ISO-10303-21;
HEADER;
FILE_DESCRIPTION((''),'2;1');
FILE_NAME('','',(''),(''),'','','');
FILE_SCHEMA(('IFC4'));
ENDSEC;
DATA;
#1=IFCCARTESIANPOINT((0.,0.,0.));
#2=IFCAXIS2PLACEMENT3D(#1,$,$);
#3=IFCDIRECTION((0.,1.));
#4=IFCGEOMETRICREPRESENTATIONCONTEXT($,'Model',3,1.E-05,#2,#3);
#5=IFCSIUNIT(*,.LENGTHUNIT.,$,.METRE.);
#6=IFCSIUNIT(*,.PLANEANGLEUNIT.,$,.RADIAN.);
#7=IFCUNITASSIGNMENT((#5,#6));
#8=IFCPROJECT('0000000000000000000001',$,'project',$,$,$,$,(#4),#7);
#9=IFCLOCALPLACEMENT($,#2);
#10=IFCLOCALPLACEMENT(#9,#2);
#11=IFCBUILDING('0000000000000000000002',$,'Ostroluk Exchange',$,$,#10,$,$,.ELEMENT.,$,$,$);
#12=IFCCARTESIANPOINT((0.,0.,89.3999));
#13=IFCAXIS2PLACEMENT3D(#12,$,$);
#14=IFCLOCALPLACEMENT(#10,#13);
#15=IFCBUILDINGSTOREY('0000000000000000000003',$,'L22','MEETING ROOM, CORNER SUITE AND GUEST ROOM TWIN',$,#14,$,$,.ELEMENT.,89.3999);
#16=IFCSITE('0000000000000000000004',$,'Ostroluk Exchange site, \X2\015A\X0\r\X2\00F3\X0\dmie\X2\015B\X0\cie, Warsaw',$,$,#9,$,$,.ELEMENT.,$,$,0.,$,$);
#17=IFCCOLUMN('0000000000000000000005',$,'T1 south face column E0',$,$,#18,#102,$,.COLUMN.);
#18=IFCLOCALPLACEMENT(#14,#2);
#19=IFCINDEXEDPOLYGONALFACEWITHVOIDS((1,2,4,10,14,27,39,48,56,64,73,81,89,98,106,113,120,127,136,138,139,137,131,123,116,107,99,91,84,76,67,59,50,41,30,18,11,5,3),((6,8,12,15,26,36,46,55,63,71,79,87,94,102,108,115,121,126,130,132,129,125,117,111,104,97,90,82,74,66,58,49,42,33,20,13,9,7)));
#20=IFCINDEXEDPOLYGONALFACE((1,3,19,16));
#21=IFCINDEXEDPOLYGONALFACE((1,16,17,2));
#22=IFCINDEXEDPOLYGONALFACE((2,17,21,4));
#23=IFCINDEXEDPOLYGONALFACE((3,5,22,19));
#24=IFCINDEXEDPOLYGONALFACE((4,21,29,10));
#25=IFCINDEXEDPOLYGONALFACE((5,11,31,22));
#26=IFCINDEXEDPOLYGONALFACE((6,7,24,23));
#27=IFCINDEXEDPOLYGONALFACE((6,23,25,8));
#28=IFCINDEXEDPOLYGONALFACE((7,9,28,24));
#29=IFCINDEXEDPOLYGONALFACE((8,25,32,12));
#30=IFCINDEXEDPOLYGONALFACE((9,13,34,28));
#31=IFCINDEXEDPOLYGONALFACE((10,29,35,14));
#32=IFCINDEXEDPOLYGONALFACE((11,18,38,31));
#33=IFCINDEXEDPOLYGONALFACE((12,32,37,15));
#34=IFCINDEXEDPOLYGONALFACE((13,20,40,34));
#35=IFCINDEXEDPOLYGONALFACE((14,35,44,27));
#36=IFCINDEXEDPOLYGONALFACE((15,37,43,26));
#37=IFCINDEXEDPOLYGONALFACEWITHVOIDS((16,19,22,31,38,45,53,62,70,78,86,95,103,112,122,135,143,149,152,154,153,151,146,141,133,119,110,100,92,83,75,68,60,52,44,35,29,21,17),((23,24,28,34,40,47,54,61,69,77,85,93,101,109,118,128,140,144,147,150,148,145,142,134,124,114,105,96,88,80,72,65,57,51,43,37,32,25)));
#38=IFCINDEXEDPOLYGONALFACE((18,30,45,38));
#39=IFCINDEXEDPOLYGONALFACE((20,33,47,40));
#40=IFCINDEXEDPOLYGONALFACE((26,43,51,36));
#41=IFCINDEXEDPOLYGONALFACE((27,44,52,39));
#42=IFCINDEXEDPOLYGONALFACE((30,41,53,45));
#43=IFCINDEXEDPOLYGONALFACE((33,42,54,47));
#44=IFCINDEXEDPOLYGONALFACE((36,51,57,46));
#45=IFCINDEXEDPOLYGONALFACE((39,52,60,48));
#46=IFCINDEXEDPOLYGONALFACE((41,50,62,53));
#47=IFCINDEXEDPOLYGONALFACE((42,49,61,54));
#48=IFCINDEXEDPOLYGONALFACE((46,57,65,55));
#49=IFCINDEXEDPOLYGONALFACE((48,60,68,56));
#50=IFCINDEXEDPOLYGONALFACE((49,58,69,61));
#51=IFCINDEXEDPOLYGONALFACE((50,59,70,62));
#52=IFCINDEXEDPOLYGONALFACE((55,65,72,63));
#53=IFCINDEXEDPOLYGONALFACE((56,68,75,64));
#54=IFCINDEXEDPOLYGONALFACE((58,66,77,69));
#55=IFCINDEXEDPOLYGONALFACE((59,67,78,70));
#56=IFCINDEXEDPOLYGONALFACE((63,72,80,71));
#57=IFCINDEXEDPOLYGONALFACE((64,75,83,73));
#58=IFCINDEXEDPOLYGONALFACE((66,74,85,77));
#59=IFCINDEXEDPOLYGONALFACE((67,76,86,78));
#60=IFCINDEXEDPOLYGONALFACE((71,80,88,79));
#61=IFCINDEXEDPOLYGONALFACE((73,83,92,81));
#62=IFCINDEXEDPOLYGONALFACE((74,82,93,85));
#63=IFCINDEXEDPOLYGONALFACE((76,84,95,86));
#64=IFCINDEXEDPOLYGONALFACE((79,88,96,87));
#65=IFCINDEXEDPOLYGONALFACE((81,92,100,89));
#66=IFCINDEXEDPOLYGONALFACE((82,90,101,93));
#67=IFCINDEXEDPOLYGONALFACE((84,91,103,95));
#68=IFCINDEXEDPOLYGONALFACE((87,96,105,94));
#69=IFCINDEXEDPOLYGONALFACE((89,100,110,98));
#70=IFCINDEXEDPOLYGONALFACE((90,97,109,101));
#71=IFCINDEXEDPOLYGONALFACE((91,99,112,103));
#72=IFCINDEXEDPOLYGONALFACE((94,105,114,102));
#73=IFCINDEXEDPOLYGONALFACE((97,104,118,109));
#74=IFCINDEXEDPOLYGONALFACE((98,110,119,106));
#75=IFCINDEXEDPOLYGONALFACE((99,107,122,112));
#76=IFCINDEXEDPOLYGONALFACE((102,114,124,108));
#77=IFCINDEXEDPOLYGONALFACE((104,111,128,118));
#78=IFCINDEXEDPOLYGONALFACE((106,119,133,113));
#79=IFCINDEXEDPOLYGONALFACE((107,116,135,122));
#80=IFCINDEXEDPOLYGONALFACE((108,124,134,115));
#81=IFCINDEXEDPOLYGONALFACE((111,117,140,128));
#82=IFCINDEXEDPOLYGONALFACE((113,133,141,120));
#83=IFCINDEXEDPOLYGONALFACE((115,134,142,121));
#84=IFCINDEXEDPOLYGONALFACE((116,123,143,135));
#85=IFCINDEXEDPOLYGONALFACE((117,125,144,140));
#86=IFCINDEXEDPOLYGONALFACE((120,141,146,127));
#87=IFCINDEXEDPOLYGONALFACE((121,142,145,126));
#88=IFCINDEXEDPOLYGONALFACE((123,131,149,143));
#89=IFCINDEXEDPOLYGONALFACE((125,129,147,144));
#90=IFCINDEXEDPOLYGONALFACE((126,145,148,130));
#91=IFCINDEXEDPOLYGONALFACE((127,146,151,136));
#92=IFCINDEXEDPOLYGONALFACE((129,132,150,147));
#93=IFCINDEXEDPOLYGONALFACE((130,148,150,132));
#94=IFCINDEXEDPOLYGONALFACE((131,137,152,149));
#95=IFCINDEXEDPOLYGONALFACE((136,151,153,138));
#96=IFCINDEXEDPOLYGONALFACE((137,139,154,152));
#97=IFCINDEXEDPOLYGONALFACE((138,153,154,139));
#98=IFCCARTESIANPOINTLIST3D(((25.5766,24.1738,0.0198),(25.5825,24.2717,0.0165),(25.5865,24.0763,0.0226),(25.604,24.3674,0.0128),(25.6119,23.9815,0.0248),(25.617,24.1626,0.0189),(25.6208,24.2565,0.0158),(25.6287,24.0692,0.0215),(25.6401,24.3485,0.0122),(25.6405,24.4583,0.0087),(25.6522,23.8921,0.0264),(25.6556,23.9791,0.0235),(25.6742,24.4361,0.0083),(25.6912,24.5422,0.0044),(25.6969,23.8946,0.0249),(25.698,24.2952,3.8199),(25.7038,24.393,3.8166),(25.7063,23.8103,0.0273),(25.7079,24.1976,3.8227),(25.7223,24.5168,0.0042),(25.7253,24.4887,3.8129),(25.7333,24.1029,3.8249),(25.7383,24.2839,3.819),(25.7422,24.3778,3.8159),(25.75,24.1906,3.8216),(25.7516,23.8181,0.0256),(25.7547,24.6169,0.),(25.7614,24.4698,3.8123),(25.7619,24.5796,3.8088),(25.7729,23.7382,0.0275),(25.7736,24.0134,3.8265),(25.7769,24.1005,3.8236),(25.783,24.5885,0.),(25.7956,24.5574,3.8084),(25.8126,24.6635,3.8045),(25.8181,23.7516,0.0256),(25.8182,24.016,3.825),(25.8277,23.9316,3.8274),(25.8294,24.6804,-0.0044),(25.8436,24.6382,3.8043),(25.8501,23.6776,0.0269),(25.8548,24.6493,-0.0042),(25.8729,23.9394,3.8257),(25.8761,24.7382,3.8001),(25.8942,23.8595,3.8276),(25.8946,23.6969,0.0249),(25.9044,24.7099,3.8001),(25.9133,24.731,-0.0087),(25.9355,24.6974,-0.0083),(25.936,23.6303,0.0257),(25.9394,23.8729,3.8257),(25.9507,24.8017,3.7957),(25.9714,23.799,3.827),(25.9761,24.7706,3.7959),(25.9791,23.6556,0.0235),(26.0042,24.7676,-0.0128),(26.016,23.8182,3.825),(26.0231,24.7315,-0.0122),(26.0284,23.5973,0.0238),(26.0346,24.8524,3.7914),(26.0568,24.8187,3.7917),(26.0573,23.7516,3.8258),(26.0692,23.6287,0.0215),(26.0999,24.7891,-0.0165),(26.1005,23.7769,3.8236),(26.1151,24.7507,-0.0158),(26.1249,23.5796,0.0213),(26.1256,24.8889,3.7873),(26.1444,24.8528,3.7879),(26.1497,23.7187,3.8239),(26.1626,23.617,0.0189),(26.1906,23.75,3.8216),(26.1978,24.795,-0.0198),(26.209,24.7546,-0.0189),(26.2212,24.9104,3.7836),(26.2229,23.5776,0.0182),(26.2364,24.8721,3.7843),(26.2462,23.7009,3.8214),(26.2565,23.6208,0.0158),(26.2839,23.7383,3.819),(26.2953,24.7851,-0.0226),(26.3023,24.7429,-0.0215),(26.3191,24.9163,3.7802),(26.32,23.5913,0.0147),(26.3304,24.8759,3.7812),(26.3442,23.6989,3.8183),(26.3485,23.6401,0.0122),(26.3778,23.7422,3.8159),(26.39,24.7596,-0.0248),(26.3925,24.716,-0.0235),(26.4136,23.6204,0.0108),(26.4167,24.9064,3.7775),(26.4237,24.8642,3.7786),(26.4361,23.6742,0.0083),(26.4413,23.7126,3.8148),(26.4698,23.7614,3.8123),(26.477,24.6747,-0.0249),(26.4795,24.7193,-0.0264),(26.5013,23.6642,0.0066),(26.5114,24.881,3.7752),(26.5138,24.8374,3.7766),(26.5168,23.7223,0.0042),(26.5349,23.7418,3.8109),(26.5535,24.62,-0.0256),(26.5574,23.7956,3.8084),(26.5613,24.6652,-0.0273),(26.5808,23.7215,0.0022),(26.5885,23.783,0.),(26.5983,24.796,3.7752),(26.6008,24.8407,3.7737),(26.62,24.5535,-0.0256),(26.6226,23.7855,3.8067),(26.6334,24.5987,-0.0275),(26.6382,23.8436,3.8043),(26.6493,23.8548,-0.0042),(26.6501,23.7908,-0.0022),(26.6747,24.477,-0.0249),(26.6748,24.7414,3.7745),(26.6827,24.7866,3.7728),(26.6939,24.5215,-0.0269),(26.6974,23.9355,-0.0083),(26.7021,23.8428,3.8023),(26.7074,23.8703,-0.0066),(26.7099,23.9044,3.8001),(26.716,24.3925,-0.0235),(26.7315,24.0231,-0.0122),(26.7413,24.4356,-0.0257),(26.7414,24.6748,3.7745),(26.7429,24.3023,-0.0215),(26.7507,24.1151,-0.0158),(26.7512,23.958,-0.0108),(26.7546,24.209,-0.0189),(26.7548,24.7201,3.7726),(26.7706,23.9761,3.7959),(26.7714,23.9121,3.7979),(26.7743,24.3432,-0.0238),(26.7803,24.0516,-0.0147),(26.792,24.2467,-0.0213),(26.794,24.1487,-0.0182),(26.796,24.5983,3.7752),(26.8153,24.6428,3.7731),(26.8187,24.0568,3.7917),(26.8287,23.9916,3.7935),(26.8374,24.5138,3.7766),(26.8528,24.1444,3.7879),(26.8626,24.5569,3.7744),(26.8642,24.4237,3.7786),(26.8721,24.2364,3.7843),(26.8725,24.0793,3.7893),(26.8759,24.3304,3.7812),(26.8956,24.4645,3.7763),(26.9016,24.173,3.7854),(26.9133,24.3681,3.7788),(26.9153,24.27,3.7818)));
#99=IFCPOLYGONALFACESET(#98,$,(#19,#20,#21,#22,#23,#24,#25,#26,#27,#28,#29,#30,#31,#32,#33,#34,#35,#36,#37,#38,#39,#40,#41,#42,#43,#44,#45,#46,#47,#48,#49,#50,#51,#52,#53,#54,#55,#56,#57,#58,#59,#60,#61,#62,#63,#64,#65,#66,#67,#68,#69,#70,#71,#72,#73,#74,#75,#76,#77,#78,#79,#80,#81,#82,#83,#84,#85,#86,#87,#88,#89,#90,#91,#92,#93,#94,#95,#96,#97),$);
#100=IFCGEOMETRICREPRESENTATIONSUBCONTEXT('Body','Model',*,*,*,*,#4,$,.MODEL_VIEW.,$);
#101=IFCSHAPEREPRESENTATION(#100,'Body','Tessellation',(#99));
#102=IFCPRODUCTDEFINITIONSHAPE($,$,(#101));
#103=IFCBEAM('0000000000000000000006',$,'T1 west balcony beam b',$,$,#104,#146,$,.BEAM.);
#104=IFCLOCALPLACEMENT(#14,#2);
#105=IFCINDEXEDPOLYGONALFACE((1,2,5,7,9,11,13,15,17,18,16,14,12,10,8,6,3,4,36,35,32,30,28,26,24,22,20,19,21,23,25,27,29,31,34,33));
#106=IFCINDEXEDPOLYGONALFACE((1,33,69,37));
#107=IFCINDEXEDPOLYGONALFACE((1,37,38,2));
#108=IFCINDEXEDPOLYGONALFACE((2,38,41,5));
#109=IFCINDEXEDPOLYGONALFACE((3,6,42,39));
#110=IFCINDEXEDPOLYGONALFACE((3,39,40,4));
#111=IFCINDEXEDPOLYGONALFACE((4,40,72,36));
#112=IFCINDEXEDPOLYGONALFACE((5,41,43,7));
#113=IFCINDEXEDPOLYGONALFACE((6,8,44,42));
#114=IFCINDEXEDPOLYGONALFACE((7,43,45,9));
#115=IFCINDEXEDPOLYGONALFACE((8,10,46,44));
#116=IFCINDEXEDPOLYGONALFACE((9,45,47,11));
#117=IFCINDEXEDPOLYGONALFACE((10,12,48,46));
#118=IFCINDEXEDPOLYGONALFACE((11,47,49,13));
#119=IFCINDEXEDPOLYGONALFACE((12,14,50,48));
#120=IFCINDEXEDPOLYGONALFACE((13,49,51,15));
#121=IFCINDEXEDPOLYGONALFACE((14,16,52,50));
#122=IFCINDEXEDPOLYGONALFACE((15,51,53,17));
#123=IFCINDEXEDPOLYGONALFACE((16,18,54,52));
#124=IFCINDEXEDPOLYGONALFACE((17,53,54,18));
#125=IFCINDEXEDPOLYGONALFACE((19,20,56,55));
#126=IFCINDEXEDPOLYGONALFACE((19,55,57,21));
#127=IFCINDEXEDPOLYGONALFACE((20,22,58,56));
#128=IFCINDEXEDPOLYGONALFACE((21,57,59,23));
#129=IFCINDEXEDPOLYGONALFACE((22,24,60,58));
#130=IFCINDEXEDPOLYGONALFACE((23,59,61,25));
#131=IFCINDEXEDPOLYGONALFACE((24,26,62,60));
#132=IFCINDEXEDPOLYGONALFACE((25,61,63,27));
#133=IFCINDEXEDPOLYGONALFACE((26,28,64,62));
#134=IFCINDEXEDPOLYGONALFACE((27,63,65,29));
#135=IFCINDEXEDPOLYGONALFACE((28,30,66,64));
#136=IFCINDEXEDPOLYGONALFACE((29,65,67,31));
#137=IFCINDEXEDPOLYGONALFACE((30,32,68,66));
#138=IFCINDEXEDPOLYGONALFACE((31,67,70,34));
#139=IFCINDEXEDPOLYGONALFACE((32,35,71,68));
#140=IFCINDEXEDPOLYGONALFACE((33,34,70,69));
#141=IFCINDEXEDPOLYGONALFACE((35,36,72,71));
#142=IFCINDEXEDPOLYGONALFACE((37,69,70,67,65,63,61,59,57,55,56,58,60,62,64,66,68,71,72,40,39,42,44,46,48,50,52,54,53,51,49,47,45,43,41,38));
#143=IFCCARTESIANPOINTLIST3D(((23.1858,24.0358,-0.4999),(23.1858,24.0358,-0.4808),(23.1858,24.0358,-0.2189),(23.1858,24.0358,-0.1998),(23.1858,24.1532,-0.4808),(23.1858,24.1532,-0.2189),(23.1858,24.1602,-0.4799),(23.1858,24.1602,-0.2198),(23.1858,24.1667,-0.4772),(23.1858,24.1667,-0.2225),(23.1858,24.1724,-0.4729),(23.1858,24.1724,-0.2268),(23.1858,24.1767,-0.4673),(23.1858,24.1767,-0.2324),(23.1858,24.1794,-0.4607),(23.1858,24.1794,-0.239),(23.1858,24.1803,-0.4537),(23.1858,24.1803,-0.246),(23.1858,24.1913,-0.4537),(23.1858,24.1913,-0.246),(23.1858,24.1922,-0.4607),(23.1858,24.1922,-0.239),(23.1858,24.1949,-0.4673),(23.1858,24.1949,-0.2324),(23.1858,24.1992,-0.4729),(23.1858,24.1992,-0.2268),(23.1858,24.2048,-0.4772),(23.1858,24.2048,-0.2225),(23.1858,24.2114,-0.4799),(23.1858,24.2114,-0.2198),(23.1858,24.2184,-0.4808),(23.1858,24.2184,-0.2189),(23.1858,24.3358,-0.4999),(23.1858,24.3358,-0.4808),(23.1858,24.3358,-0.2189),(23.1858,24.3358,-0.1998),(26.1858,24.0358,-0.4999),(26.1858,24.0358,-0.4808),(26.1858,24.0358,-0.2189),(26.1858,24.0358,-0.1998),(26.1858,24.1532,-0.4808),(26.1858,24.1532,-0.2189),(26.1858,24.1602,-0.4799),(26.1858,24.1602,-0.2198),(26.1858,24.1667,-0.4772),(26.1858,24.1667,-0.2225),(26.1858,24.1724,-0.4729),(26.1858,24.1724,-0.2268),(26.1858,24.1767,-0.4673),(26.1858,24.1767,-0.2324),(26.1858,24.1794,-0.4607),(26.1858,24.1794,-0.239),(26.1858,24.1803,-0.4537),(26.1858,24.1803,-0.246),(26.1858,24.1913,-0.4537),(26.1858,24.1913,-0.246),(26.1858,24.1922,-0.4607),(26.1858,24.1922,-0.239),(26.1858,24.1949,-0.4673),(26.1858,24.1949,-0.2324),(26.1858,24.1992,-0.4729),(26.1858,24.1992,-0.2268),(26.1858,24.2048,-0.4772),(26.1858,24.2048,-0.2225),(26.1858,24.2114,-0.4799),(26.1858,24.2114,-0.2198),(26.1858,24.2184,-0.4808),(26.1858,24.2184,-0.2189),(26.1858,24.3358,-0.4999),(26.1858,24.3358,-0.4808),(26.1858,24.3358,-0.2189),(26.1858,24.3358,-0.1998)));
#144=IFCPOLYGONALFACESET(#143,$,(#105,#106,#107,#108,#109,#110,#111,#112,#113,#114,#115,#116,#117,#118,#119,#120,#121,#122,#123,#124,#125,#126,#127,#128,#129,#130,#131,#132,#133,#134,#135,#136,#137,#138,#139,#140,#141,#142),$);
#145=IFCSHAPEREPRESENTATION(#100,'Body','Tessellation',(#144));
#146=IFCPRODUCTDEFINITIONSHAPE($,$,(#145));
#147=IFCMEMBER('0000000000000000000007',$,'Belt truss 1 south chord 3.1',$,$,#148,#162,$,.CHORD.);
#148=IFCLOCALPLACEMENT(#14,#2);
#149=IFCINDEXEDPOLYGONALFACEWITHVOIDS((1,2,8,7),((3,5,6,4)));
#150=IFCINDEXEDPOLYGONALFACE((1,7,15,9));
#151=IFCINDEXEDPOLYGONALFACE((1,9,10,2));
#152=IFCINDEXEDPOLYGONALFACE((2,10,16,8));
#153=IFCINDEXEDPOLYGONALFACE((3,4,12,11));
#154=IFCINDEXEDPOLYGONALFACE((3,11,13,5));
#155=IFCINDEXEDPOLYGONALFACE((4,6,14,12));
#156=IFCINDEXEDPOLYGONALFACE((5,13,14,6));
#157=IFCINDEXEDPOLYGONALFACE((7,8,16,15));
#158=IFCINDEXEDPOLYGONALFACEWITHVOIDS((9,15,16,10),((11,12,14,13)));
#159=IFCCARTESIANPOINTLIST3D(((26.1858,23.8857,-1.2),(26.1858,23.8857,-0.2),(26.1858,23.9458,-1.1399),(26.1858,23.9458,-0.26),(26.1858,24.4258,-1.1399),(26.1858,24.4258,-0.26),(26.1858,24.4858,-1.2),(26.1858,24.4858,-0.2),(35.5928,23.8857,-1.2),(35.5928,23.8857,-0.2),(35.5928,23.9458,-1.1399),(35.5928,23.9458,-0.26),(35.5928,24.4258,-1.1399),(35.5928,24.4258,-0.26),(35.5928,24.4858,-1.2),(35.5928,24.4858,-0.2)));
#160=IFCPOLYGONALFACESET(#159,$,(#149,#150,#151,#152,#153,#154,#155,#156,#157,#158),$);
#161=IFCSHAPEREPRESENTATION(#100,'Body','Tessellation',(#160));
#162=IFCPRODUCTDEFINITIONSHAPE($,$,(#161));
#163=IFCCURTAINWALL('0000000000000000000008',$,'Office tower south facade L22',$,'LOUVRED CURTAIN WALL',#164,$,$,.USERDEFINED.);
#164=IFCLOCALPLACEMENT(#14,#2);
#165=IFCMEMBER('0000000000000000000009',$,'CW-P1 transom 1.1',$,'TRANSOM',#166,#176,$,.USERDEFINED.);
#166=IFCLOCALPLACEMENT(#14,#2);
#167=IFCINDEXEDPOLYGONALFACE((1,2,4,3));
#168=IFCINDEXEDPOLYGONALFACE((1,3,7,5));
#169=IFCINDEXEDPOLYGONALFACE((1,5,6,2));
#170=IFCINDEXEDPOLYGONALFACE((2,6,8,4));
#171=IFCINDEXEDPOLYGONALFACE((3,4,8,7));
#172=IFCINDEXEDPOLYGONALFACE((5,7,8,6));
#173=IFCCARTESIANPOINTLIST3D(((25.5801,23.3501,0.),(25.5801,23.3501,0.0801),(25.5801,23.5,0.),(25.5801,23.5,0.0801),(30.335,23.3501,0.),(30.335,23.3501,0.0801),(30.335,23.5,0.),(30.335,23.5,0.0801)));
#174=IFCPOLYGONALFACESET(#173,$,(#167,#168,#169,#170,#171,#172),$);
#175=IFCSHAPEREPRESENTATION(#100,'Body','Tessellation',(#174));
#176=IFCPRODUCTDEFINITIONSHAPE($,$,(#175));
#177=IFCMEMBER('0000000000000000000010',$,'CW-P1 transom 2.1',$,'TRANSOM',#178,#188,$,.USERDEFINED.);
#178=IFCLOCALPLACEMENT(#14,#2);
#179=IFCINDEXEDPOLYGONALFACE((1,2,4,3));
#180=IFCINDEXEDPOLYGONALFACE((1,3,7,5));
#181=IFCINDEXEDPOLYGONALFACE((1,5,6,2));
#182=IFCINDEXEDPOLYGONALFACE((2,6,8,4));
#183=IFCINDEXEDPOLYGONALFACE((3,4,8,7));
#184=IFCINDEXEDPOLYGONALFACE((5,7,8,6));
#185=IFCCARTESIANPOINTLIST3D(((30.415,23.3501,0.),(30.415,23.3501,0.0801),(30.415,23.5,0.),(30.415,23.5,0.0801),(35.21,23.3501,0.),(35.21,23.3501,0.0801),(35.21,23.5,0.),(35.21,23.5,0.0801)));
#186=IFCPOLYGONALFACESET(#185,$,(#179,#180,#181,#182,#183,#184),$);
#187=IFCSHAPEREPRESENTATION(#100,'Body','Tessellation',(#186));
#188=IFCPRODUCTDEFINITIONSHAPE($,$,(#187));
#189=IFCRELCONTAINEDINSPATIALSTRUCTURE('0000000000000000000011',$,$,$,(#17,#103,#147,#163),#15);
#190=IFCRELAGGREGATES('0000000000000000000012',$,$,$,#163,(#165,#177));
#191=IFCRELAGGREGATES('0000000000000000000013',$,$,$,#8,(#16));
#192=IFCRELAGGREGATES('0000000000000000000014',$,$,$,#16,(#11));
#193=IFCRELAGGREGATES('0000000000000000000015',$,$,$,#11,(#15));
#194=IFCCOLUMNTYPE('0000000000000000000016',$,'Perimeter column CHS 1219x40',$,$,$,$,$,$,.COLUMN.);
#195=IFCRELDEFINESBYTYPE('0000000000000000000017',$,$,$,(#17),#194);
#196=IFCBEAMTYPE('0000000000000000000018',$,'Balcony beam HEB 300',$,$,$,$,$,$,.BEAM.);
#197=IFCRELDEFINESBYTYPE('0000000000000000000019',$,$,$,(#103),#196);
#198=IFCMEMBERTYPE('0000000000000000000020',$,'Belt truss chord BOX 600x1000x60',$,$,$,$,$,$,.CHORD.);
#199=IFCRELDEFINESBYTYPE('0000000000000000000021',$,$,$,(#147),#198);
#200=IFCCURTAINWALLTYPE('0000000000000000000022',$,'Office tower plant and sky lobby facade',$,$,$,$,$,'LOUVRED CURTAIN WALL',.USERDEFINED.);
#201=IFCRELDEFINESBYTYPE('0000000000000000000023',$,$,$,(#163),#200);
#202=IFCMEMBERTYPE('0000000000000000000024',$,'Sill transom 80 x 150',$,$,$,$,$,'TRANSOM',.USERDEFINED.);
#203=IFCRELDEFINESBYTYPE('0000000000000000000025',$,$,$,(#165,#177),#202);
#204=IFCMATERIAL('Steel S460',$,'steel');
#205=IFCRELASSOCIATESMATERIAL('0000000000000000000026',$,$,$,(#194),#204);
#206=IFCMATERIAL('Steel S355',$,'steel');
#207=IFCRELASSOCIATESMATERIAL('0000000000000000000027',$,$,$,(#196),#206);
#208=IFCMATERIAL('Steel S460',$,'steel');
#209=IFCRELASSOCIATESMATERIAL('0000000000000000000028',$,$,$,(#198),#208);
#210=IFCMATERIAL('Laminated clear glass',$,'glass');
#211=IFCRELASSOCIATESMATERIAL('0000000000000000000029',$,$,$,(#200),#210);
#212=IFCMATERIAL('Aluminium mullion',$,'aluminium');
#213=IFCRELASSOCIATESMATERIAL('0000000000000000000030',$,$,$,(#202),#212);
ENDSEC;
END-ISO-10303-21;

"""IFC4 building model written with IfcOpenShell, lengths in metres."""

from ifc_helpers import new_model, si_unit, direction, frame, origin, origin_2d, place, context, subcontext, project, spatial, rectangle, hollow_rectangle, hollow_circle, i_section, extrude, material, material_profile, profile_set, type_object, element, aggregate, save


model = new_model("IFC4")

# Units and contexts
model_context = context("Model", 3, precision=1e-05, world=origin(), true_north=direction((0.0, 1.0)))
body_context = subcontext(model_context, "Body", "Model", "MODEL_VIEW")
ifc_project = project(units=[si_unit("LENGTHUNIT", "METRE"), si_unit("PLANEANGLEUNIT", "RADIAN")], contexts=[model_context])

# Site, building, storey
site_placement = place(None, origin())
site = spatial("IfcSite", under=ifc_project, at=site_placement, Name="Ostroluk Exchange site, Śródmieście, Warsaw", CompositionType="ELEMENT", RefElevation=0.0)
building_placement = place(site_placement, origin())
building = spatial("IfcBuilding", under=site, at=building_placement, Name="Ostroluk Exchange", CompositionType="ELEMENT")
storey_placement = place(building_placement, frame((0.0, 0.0, 89.3999)))
storey = spatial("IfcBuildingStorey", under=building, at=storey_placement, Name="L22", Description="MEETING ROOM, CORNER SUITE AND GUEST ROOM TWIN", CompositionType="ELEMENT", Elevation=89.3999)

# Column
ifc_material_1 = material(Name="Steel S460", Category="steel")
ifc_material_profile_1 = material_profile(ifc_material_1, hollow_circle(Radius=0.6096, WallThickness=0.04, at=origin_2d()), Name="CHS 1219x40")
ifc_profile_set_1 = profile_set([ifc_material_profile_1], Name="Steel S460")
column_type = type_object("IfcColumnType", Name="Perimeter column CHS 1219x40", PredefinedType="COLUMN", material=ifc_profile_set_1)
column_placement = place(storey_placement, frame((26.1858, 24.1858, 0.0), z_axis=(0.031898, 0.031898, 0.998982), x_axis=(-0.707107, 0.707107, 0.0)))
element("IfcColumn", 1, at=column_placement, inside=storey, type_object=column_type, Name="T1 south face column E0", PredefinedType="COLUMN", context=body_context, shape_type="SweptSolid", body=[
    extrude(hollow_circle(Radius=0.6096, WallThickness=0.04, at=origin_2d()), origin(), (0.0, 0.0, 1.0), 3.804),
])

# Beam
ifc_material_2 = material(Name="Steel S355", Category="steel")
ifc_material_profile_2 = material_profile(ifc_material_2, i_section(OverallWidth=0.3, OverallDepth=0.3, WebThickness=0.011, FlangeThickness=0.019, FilletRadius=0.0271, at=origin_2d()), Name="HEB 300")
ifc_profile_set_2 = profile_set([ifc_material_profile_2], Name="Steel S355")
beam_type = type_object("IfcBeamType", Name="Balcony beam HEB 300", PredefinedType="BEAM", material=ifc_profile_set_2)
beam_placement = place(storey_placement, frame((26.1858, 24.1858, -0.3499), z_axis=(-1.0, 0.0, 0.0), x_axis=(0.0, -1.0, 0.0)))
element("IfcBeam", 2, at=beam_placement, inside=storey, type_object=beam_type, Name="T1 west balcony beam b", PredefinedType="BEAM", context=body_context, shape_type="SweptSolid", body=[
    extrude(i_section(OverallWidth=0.3, OverallDepth=0.3, WebThickness=0.011, FlangeThickness=0.019, FilletRadius=0.0271, at=origin_2d()), origin(), (0.0, 0.0, 1.0), 3.0),
])

# Member
ifc_material_3 = material(Name="Steel S460", Category="steel")
ifc_material_profile_3 = material_profile(ifc_material_3, hollow_rectangle(XDim=0.6001, YDim=1.0, WallThickness=0.0601, at=origin_2d()), Name="BOX 600x1000x60")
ifc_profile_set_3 = profile_set([ifc_material_profile_3], Name="Steel S460")
member_type_1 = type_object("IfcMemberType", Name="Belt truss chord BOX 600x1000x60", PredefinedType="CHORD", material=ifc_profile_set_3)
member_1_placement = place(storey_placement, frame((26.1858, 24.1858, -0.7), z_axis=(1.0, 0.0, 0.0), x_axis=(0.0, 1.0, 0.0)))
element("IfcMember", 3, at=member_1_placement, inside=storey, type_object=member_type_1, Name="Belt truss 1 south chord 3.1", PredefinedType="CHORD", context=body_context, shape_type="SweptSolid", body=[
    extrude(hollow_rectangle(XDim=0.6001, YDim=1.0, WallThickness=0.0601, at=origin_2d()), origin(), (0.0, 0.0, 1.0), 9.407),
])

# Curtain wall, members
ifc_material_4 = material(Name="Laminated clear glass", Category="glass")
curtain_wall_type = type_object("IfcCurtainWallType", Name="Office tower plant and sky lobby facade", ElementType="LOUVRED CURTAIN WALL", PredefinedType="USERDEFINED", material=ifc_material_4)
curtain_wall_1_placement = place(storey_placement, origin())
curtain_wall_1 = element("IfcCurtainWall", 4, at=curtain_wall_1_placement, inside=storey, type_object=curtain_wall_type, Name="Office tower south facade L22", ObjectType="LOUVRED CURTAIN WALL", PredefinedType="USERDEFINED")
ifc_material_5 = material(Name="Aluminium mullion", Category="aluminium")
ifc_material_profile_4 = material_profile(ifc_material_5, rectangle(XDim=0.1499, YDim=0.0801, at=origin_2d()), Name="Sill transom 80 x 150")
ifc_profile_set_4 = profile_set([ifc_material_profile_4], Name="Aluminium mullion")
member_type_2 = type_object("IfcMemberType", Name="Sill transom 80 x 150", ElementType="TRANSOM", PredefinedType="USERDEFINED", material=ifc_profile_set_4)
member_2_placement = place(storey_placement, frame((25.5801, 23.425, 0.04), z_axis=(1.0, 0.0, 0.0), x_axis=(0.0, 1.0, 0.0)))
member_2 = element("IfcMember", 5, at=member_2_placement, type_object=member_type_2, Name="CW-P1 transom 1.1", ObjectType="TRANSOM", PredefinedType="USERDEFINED", context=body_context, shape_type="SweptSolid", body=[
    extrude(rectangle(XDim=0.1499, YDim=0.0801, at=origin_2d()), origin(), (0.0, 0.0, 1.0), 4.7549),
])
member_3_placement = place(storey_placement, frame((30.415, 23.425, 0.04), z_axis=(1.0, 0.0, 0.0), x_axis=(0.0, 1.0, 0.0)))
member_3 = element("IfcMember", 6, at=member_3_placement, type_object=member_type_2, Name="CW-P1 transom 2.1", ObjectType="TRANSOM", PredefinedType="USERDEFINED", context=body_context, shape_type="SweptSolid", body=[
    extrude(rectangle(XDim=0.1499, YDim=0.0801, at=origin_2d()), origin(), (0.0, 0.0, 1.0), 4.7949),
])

aggregate(curtain_wall_1, [member_2, member_3])

save(model, "model.ifc")
